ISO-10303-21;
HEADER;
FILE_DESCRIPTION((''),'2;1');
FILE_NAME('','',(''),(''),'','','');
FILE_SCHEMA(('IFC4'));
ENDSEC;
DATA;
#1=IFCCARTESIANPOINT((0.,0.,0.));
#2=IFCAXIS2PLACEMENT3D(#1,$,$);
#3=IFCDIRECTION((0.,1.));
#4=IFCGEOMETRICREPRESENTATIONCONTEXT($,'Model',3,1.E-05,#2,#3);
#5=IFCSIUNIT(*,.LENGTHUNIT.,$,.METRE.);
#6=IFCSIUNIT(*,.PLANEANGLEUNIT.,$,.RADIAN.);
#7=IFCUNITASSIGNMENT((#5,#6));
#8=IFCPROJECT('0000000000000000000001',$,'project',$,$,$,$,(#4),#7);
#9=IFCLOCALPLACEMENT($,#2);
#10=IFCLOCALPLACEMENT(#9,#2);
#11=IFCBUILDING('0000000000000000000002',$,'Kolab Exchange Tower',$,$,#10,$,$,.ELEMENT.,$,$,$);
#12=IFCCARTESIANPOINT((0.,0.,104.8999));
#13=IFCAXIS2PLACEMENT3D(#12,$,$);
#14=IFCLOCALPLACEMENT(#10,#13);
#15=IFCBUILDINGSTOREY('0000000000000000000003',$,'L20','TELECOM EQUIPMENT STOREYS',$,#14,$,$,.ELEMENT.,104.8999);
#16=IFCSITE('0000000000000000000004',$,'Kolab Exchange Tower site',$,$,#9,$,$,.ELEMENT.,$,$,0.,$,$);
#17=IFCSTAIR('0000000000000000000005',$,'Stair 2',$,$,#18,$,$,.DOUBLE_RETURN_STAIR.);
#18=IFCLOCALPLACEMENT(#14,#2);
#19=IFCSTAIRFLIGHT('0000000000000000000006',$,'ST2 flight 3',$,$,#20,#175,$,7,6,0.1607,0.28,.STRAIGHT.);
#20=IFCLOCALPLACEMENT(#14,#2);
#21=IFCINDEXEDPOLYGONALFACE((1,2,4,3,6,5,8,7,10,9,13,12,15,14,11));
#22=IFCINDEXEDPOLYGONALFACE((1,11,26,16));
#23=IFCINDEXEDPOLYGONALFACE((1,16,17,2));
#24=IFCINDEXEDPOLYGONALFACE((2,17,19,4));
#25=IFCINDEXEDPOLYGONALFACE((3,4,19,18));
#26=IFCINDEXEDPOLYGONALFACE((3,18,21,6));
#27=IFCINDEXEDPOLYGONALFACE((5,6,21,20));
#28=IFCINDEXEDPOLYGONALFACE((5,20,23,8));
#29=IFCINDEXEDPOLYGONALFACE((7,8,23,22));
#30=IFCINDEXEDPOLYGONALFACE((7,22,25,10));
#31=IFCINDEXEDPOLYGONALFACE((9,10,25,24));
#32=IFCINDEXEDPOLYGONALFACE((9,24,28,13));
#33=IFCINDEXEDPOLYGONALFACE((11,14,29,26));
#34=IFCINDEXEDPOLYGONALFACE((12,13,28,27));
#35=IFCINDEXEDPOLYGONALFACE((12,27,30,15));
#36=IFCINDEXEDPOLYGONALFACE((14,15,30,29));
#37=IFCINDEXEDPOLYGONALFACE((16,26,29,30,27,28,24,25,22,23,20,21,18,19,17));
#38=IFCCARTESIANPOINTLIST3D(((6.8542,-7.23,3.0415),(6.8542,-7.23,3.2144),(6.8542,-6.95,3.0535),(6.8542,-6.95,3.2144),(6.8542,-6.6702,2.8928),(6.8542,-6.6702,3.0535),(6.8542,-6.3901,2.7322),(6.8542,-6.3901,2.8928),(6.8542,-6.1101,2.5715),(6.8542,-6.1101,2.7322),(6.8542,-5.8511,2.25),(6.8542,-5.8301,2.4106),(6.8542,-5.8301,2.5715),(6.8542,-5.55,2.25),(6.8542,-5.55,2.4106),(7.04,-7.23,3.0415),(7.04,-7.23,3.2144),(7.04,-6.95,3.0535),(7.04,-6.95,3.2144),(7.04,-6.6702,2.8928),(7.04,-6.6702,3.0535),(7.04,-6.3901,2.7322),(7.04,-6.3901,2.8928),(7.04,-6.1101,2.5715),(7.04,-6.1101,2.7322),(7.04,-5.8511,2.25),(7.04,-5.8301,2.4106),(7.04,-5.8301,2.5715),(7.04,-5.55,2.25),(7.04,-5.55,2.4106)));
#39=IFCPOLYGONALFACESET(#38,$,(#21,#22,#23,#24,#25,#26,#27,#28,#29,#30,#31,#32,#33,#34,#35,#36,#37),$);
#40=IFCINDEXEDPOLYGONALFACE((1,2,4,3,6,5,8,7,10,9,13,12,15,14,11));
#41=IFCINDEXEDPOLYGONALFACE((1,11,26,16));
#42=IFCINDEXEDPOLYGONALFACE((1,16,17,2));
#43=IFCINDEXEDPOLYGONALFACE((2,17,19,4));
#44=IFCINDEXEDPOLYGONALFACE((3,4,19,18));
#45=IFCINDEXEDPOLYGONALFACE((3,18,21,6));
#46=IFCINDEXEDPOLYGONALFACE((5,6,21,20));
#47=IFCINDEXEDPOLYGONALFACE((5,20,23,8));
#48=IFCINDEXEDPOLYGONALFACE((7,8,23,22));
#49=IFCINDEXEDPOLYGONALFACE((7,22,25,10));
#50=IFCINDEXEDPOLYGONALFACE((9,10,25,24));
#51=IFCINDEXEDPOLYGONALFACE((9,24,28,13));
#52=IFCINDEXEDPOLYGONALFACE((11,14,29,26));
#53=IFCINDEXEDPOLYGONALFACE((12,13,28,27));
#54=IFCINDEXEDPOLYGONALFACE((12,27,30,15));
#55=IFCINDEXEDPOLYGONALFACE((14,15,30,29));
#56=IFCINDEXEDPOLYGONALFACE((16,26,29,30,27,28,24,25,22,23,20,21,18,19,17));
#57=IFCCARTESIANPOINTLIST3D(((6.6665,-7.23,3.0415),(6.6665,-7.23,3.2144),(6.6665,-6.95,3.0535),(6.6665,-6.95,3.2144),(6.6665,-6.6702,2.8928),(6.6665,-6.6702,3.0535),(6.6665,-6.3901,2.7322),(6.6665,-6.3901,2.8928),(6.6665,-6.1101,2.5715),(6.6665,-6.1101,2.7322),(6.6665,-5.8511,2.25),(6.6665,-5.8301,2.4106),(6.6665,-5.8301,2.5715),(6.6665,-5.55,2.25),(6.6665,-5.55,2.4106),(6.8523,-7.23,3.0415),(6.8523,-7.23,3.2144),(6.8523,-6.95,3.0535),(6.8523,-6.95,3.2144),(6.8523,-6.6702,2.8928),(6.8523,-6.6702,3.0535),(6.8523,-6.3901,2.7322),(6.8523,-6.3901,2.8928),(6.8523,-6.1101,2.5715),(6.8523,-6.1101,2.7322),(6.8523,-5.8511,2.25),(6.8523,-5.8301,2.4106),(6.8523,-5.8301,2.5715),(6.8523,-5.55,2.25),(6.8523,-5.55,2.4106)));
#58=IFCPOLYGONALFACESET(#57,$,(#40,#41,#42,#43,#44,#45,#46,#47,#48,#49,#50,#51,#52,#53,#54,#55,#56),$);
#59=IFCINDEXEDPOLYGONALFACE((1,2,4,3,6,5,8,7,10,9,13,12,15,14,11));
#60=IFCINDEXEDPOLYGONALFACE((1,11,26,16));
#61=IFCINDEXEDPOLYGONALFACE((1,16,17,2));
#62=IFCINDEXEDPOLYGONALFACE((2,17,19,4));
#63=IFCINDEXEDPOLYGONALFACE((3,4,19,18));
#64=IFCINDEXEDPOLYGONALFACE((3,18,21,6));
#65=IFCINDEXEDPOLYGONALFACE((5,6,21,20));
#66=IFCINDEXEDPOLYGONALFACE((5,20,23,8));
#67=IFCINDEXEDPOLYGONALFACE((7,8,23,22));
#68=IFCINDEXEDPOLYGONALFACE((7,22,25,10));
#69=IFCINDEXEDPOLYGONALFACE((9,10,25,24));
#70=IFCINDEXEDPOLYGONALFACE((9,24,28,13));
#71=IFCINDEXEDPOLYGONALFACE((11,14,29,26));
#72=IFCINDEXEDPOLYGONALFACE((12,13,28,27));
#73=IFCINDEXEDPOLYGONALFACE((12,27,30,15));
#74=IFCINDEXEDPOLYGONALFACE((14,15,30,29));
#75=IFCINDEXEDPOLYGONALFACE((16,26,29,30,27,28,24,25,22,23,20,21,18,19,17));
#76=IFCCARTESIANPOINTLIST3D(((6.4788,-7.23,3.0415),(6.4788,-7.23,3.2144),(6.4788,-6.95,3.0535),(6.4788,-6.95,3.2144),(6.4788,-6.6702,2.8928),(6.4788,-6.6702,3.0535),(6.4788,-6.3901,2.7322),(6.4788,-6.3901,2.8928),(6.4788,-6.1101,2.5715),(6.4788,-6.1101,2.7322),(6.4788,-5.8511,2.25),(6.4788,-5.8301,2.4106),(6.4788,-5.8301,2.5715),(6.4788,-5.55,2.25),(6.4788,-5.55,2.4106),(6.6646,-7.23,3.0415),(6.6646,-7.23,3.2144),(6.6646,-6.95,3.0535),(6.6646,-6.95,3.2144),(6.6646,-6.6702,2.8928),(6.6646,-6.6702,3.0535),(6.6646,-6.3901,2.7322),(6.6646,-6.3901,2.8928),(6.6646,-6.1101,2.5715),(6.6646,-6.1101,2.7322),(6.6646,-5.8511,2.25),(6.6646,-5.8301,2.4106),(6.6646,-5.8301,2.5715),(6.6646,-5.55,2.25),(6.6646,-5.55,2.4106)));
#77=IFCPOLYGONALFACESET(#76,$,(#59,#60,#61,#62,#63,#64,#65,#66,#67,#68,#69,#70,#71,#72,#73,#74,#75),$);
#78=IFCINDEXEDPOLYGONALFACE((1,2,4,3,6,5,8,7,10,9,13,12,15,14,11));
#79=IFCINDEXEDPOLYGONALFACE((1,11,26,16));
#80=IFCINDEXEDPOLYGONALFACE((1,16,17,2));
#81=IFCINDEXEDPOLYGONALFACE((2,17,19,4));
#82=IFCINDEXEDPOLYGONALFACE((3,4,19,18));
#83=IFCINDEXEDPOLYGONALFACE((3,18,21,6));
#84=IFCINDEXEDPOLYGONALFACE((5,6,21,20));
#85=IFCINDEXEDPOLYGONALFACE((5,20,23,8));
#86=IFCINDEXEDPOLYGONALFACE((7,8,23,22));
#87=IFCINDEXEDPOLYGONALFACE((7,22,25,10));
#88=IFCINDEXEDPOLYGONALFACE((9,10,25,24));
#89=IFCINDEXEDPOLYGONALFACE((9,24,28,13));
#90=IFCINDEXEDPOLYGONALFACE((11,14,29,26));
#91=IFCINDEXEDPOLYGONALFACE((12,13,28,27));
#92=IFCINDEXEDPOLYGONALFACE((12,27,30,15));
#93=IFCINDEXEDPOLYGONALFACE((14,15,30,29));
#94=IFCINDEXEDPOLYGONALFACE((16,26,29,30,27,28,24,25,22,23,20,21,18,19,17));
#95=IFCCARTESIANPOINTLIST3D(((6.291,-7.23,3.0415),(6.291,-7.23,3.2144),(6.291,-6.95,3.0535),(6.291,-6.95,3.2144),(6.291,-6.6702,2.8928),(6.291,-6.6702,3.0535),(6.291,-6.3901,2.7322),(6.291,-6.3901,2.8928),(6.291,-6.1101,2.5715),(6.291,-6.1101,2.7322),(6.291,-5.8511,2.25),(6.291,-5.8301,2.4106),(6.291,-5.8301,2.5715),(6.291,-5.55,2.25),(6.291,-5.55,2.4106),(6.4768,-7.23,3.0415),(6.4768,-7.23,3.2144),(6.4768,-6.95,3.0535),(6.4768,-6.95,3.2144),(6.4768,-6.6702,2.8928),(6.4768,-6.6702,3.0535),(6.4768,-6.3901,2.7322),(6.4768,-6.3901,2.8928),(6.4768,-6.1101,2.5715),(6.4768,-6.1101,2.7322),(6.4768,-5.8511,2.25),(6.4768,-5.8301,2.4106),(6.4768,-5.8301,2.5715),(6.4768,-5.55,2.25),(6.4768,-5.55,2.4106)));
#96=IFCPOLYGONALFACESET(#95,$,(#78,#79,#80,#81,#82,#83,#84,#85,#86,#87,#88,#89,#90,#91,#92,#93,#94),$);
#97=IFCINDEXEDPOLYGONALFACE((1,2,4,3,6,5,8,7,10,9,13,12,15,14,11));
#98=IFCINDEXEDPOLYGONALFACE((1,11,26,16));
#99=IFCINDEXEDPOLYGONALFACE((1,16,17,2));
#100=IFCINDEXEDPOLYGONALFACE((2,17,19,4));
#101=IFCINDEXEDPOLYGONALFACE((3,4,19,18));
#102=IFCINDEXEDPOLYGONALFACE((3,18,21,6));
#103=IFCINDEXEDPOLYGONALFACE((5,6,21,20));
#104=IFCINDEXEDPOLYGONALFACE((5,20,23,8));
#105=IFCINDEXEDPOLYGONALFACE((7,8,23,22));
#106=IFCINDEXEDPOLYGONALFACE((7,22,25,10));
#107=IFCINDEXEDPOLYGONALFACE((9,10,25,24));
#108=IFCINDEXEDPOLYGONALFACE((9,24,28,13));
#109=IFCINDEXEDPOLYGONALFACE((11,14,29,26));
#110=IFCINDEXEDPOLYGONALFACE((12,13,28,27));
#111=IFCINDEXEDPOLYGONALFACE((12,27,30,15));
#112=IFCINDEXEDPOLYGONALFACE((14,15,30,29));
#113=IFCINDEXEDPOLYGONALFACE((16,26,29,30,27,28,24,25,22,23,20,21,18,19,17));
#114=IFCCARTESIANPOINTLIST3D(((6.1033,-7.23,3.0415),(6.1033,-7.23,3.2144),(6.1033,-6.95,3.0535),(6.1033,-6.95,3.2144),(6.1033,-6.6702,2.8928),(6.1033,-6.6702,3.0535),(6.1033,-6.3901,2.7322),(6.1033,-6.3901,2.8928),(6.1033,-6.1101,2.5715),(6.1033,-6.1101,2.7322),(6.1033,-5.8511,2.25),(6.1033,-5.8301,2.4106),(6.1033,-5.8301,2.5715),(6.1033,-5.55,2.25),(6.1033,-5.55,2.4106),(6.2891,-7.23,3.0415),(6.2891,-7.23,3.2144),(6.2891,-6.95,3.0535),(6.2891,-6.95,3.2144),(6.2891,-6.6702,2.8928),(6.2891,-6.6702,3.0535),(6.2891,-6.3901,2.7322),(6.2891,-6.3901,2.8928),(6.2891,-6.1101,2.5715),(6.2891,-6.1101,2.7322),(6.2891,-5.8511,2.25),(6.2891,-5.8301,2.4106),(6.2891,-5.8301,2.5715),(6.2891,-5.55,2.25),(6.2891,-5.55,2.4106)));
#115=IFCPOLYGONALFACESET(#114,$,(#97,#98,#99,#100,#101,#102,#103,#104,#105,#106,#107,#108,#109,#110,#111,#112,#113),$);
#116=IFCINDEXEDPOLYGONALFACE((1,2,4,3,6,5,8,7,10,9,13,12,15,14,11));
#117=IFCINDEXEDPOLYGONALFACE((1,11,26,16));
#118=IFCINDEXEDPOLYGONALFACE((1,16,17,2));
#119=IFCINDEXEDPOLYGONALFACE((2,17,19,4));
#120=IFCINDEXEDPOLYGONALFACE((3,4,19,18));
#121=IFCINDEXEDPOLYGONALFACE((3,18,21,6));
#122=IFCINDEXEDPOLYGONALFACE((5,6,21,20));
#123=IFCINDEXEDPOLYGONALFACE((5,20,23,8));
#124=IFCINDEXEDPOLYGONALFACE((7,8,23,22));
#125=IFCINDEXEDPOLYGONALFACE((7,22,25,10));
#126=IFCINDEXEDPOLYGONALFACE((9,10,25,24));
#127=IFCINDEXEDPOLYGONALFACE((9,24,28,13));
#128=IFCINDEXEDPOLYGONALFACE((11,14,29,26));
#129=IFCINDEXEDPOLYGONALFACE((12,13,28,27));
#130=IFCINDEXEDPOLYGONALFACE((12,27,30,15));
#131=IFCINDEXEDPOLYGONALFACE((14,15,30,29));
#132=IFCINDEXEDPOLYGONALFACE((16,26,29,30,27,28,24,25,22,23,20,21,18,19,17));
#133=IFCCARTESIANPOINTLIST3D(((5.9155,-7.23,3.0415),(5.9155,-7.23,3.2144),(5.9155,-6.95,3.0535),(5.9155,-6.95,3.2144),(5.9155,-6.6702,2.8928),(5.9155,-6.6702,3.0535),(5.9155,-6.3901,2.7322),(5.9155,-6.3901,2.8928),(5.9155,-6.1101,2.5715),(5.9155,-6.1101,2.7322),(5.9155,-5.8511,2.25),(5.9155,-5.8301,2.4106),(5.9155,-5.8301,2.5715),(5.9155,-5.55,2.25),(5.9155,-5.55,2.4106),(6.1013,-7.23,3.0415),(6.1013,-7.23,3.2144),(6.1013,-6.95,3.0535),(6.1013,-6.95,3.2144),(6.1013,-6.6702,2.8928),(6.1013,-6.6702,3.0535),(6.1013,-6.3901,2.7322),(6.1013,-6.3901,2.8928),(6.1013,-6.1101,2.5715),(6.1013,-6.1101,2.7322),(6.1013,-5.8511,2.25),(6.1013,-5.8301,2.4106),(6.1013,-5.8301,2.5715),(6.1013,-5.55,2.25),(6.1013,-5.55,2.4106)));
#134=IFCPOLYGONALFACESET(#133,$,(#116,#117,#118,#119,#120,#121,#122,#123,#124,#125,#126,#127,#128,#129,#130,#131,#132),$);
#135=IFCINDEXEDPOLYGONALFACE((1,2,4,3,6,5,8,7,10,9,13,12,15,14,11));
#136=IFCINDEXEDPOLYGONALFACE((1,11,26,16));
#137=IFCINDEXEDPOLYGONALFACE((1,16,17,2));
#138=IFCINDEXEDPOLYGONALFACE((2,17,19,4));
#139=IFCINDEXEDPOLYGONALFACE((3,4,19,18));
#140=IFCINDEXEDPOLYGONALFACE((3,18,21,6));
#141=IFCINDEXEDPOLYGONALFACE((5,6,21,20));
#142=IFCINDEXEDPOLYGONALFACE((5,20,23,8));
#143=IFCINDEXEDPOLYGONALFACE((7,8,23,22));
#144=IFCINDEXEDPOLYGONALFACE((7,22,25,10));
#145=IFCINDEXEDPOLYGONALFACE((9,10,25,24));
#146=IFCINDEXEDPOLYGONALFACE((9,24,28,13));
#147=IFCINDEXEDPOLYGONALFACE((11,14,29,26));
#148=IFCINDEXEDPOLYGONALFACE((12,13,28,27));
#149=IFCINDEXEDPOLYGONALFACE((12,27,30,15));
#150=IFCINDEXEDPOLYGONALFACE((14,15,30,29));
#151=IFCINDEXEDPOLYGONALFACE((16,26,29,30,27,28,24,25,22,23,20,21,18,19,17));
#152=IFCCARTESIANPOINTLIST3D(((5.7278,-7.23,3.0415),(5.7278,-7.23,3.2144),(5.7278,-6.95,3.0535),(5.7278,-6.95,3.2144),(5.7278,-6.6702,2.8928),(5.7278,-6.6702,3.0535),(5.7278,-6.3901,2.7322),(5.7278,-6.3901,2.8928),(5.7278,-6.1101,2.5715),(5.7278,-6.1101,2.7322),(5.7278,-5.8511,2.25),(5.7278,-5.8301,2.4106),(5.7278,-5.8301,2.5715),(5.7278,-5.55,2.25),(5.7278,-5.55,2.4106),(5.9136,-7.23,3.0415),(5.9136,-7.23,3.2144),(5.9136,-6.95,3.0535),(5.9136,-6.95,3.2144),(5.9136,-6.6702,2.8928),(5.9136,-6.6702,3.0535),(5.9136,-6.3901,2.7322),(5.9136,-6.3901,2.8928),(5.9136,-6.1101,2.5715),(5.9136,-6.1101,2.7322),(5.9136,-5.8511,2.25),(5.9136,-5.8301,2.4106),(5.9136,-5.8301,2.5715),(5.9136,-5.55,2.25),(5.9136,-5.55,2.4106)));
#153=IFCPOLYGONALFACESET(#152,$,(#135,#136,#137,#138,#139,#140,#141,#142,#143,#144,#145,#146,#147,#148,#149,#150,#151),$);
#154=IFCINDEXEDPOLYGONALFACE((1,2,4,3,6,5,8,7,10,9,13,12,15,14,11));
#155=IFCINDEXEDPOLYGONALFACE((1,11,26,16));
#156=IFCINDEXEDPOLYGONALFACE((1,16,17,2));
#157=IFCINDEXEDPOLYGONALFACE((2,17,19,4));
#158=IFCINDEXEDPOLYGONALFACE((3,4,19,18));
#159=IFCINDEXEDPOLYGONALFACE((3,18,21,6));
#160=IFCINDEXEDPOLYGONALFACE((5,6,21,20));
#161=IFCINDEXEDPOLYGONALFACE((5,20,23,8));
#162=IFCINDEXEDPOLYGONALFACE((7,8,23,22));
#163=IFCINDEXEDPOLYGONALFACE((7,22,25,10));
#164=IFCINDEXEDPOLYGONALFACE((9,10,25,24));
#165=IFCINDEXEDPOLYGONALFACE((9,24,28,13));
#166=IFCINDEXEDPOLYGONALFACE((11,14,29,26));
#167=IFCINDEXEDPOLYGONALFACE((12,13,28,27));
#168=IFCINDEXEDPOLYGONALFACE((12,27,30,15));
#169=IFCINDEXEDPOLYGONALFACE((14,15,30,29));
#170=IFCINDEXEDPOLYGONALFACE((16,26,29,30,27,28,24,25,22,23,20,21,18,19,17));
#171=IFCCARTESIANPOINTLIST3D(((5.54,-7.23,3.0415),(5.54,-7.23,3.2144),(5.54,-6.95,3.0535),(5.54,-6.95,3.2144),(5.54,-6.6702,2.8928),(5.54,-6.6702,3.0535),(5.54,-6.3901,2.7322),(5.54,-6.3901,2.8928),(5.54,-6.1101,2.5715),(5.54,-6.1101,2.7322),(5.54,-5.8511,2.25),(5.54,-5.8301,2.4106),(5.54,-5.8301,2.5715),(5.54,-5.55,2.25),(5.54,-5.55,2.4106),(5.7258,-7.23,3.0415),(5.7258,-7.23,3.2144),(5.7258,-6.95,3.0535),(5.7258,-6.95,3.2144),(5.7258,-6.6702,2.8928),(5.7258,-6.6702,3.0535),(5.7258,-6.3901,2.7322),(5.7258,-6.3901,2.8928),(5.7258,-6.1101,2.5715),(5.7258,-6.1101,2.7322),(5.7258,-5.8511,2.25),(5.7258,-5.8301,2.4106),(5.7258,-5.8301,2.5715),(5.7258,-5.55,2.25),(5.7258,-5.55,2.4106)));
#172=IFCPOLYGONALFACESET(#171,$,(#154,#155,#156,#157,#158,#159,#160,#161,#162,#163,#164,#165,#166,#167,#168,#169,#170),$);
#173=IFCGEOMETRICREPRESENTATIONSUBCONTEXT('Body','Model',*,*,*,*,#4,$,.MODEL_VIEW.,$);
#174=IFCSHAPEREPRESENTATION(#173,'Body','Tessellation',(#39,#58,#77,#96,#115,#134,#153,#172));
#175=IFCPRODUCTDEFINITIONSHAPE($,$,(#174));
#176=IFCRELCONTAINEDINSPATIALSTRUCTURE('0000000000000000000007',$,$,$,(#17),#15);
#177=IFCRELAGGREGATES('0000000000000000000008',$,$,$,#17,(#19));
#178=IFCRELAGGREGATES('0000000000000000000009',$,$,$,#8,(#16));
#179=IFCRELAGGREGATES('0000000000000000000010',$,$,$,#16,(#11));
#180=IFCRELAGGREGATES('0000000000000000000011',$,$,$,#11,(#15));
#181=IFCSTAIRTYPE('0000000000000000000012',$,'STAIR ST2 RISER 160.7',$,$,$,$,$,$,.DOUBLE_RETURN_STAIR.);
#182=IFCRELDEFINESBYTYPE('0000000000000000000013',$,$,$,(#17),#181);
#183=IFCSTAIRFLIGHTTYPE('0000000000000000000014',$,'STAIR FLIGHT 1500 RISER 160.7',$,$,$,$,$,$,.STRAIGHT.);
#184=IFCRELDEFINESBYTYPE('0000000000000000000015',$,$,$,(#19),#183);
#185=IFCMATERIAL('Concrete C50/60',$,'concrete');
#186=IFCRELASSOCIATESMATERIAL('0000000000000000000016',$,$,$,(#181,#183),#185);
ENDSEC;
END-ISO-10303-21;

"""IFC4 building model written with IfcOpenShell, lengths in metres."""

from ifc_helpers import new_model, si_unit, direction, frame, origin, place, context, subcontext, project, spatial, polyline, outline, extrude, material, type_object, element, aggregate, save


model = new_model("IFC4")

# Units and contexts
model_context = context("Model", 3, precision=1e-05, world=origin(), true_north=direction((0.0, 1.0)))
body_context = subcontext(model_context, "Body", "Model", "MODEL_VIEW")
ifc_project = project(units=[si_unit("LENGTHUNIT", "METRE"), si_unit("PLANEANGLEUNIT", "RADIAN")], contexts=[model_context])

# Site, building, storey
site_placement = place(None, origin())
site = spatial("IfcSite", under=ifc_project, at=site_placement, Name="Kolab Exchange Tower site", CompositionType="ELEMENT", RefElevation=0.0)
building_placement = place(site_placement, origin())
building = spatial("IfcBuilding", under=site, at=building_placement, Name="Kolab Exchange Tower", CompositionType="ELEMENT")
storey_placement = place(building_placement, frame((0.0, 0.0, 104.8999)))
storey = spatial("IfcBuildingStorey", under=building, at=storey_placement, Name="L20", Description="TELECOM EQUIPMENT STOREYS", CompositionType="ELEMENT", Elevation=104.8999)

# Shared definitions
ifc_material_1 = material(Name="Concrete C50/60", Category="concrete")

# Stair, stair flight
stair_type = type_object("IfcStairType", Name="STAIR ST2 RISER 160.7", PredefinedType="DOUBLE_RETURN_STAIR", material=ifc_material_1)
stair_placement = place(storey_placement, origin())
stair = element("IfcStair", 1, at=stair_placement, inside=storey, type_object=stair_type, Name="Stair 2", PredefinedType="DOUBLE_RETURN_STAIR")
stair_flight_type = type_object("IfcStairFlightType", Name="STAIR FLIGHT 1500 RISER 160.7", PredefinedType="STRAIGHT", material=ifc_material_1)
stair_flight_1_placement = place(storey_placement, frame((6.29, -5.55, 2.25), z_axis=(0.0, 0.0, 1.0), x_axis=(0.0, -1.0, 0.0)))
stair_flight_1 = element("IfcStairFlight", 2, at=stair_flight_1_placement, type_object=stair_flight_type, Name="ST2 flight 3", NumberOfRisers=7, NumberOfTreads=6, PredefinedType="STRAIGHT", RiserHeight=0.1607, TreadLength=0.28, context=body_context, shape_type="SweptSolid", body=[
    extrude(outline(polyline([(0.0, 0.0), (0.0, 0.1606), (0.28, 0.1606), (0.28, 0.3215), (0.5601, 0.3215), (0.5601, 0.4822), (0.8401, 0.4822), (0.8401, 0.6428), (1.1201, 0.6428), (1.1201, 0.8035), (1.3999, 0.8035), (1.3999, 0.9644), (1.6799, 0.9644), (1.6799, 1.125), (1.6799, 0.7915), (0.301, 0.0), (0.0, 0.0)])), frame((0.0, 0.75, 0.0), z_axis=(0.0, -1.0, 0.0), x_axis=(1.0, 0.0, 0.0)), (0.0, 0.0, 1.0), 0.1858),
    extrude(outline(polyline([(0.0, 0.0), (0.0, 0.1606), (0.28, 0.1606), (0.28, 0.3215), (0.5601, 0.3215), (0.5601, 0.4822), (0.8401, 0.4822), (0.8401, 0.6428), (1.1201, 0.6428), (1.1201, 0.8035), (1.3999, 0.8035), (1.3999, 0.9644), (1.6799, 0.9644), (1.6799, 1.125), (1.6799, 0.7915), (0.301, 0.0), (0.0, 0.0)])), frame((0.0, 0.5623, 0.0), z_axis=(0.0, -1.0, 0.0), x_axis=(1.0, 0.0, 0.0)), (0.0, 0.0, 1.0), 0.1858),
    extrude(outline(polyline([(0.0, 0.0), (0.0, 0.1606), (0.28, 0.1606), (0.28, 0.3215), (0.5601, 0.3215), (0.5601, 0.4822), (0.8401, 0.4822), (0.8401, 0.6428), (1.1201, 0.6428), (1.1201, 0.8035), (1.3999, 0.8035), (1.3999, 0.9644), (1.6799, 0.9644), (1.6799, 1.125), (1.6799, 0.7915), (0.301, 0.0), (0.0, 0.0)])), frame((0.0, 0.3745, 0.0), z_axis=(0.0, -1.0, 0.0), x_axis=(1.0, 0.0, 0.0)), (0.0, 0.0, 1.0), 0.1858),
    extrude(outline(polyline([(0.0, 0.0), (0.0, 0.1606), (0.28, 0.1606), (0.28, 0.3215), (0.5601, 0.3215), (0.5601, 0.4822), (0.8401, 0.4822), (0.8401, 0.6428), (1.1201, 0.6428), (1.1201, 0.8035), (1.3999, 0.8035), (1.3999, 0.9644), (1.6799, 0.9644), (1.6799, 1.125), (1.6799, 0.7915), (0.301, 0.0), (0.0, 0.0)])), frame((0.0, 0.1868, 0.0), z_axis=(0.0, -1.0, 0.0), x_axis=(1.0, 0.0, 0.0)), (0.0, 0.0, 1.0), 0.1858),
    extrude(outline(polyline([(0.0, 0.0), (0.0, 0.1606), (0.28, 0.1606), (0.28, 0.3215), (0.5601, 0.3215), (0.5601, 0.4822), (0.8401, 0.4822), (0.8401, 0.6428), (1.1201, 0.6428), (1.1201, 0.8035), (1.3999, 0.8035), (1.3999, 0.9644), (1.6799, 0.9644), (1.6799, 1.125), (1.6799, 0.7915), (0.301, 0.0), (0.0, 0.0)])), frame((0.0, -0.001, 0.0), z_axis=(0.0, -1.0, 0.0), x_axis=(1.0, 0.0, 0.0)), (0.0, 0.0, 1.0), 0.1858),
    extrude(outline(polyline([(0.0, 0.0), (0.0, 0.1606), (0.28, 0.1606), (0.28, 0.3215), (0.5601, 0.3215), (0.5601, 0.4822), (0.8401, 0.4822), (0.8401, 0.6428), (1.1201, 0.6428), (1.1201, 0.8035), (1.3999, 0.8035), (1.3999, 0.9644), (1.6799, 0.9644), (1.6799, 1.125), (1.6799, 0.7915), (0.301, 0.0), (0.0, 0.0)])), frame((0.0, -0.1887, 0.0), z_axis=(0.0, -1.0, 0.0), x_axis=(1.0, 0.0, 0.0)), (0.0, 0.0, 1.0), 0.1858),
    extrude(outline(polyline([(0.0, 0.0), (0.0, 0.1606), (0.28, 0.1606), (0.28, 0.3215), (0.5601, 0.3215), (0.5601, 0.4822), (0.8401, 0.4822), (0.8401, 0.6428), (1.1201, 0.6428), (1.1201, 0.8035), (1.3999, 0.8035), (1.3999, 0.9644), (1.6799, 0.9644), (1.6799, 1.125), (1.6799, 0.7915), (0.301, 0.0), (0.0, 0.0)])), frame((0.0, -0.3765, 0.0), z_axis=(0.0, -1.0, 0.0), x_axis=(1.0, 0.0, 0.0)), (0.0, 0.0, 1.0), 0.1858),
    extrude(outline(polyline([(0.0, 0.0), (0.0, 0.1606), (0.28, 0.1606), (0.28, 0.3215), (0.5601, 0.3215), (0.5601, 0.4822), (0.8401, 0.4822), (0.8401, 0.6428), (1.1201, 0.6428), (1.1201, 0.8035), (1.3999, 0.8035), (1.3999, 0.9644), (1.6799, 0.9644), (1.6799, 1.125), (1.6799, 0.7915), (0.301, 0.0), (0.0, 0.0)])), frame((0.0, -0.5642, 0.0), z_axis=(0.0, -1.0, 0.0), x_axis=(1.0, 0.0, 0.0)), (0.0, 0.0, 1.0), 0.1858),
])
aggregate(stair, [stair_flight_1])

save(model, "model.ifc")
